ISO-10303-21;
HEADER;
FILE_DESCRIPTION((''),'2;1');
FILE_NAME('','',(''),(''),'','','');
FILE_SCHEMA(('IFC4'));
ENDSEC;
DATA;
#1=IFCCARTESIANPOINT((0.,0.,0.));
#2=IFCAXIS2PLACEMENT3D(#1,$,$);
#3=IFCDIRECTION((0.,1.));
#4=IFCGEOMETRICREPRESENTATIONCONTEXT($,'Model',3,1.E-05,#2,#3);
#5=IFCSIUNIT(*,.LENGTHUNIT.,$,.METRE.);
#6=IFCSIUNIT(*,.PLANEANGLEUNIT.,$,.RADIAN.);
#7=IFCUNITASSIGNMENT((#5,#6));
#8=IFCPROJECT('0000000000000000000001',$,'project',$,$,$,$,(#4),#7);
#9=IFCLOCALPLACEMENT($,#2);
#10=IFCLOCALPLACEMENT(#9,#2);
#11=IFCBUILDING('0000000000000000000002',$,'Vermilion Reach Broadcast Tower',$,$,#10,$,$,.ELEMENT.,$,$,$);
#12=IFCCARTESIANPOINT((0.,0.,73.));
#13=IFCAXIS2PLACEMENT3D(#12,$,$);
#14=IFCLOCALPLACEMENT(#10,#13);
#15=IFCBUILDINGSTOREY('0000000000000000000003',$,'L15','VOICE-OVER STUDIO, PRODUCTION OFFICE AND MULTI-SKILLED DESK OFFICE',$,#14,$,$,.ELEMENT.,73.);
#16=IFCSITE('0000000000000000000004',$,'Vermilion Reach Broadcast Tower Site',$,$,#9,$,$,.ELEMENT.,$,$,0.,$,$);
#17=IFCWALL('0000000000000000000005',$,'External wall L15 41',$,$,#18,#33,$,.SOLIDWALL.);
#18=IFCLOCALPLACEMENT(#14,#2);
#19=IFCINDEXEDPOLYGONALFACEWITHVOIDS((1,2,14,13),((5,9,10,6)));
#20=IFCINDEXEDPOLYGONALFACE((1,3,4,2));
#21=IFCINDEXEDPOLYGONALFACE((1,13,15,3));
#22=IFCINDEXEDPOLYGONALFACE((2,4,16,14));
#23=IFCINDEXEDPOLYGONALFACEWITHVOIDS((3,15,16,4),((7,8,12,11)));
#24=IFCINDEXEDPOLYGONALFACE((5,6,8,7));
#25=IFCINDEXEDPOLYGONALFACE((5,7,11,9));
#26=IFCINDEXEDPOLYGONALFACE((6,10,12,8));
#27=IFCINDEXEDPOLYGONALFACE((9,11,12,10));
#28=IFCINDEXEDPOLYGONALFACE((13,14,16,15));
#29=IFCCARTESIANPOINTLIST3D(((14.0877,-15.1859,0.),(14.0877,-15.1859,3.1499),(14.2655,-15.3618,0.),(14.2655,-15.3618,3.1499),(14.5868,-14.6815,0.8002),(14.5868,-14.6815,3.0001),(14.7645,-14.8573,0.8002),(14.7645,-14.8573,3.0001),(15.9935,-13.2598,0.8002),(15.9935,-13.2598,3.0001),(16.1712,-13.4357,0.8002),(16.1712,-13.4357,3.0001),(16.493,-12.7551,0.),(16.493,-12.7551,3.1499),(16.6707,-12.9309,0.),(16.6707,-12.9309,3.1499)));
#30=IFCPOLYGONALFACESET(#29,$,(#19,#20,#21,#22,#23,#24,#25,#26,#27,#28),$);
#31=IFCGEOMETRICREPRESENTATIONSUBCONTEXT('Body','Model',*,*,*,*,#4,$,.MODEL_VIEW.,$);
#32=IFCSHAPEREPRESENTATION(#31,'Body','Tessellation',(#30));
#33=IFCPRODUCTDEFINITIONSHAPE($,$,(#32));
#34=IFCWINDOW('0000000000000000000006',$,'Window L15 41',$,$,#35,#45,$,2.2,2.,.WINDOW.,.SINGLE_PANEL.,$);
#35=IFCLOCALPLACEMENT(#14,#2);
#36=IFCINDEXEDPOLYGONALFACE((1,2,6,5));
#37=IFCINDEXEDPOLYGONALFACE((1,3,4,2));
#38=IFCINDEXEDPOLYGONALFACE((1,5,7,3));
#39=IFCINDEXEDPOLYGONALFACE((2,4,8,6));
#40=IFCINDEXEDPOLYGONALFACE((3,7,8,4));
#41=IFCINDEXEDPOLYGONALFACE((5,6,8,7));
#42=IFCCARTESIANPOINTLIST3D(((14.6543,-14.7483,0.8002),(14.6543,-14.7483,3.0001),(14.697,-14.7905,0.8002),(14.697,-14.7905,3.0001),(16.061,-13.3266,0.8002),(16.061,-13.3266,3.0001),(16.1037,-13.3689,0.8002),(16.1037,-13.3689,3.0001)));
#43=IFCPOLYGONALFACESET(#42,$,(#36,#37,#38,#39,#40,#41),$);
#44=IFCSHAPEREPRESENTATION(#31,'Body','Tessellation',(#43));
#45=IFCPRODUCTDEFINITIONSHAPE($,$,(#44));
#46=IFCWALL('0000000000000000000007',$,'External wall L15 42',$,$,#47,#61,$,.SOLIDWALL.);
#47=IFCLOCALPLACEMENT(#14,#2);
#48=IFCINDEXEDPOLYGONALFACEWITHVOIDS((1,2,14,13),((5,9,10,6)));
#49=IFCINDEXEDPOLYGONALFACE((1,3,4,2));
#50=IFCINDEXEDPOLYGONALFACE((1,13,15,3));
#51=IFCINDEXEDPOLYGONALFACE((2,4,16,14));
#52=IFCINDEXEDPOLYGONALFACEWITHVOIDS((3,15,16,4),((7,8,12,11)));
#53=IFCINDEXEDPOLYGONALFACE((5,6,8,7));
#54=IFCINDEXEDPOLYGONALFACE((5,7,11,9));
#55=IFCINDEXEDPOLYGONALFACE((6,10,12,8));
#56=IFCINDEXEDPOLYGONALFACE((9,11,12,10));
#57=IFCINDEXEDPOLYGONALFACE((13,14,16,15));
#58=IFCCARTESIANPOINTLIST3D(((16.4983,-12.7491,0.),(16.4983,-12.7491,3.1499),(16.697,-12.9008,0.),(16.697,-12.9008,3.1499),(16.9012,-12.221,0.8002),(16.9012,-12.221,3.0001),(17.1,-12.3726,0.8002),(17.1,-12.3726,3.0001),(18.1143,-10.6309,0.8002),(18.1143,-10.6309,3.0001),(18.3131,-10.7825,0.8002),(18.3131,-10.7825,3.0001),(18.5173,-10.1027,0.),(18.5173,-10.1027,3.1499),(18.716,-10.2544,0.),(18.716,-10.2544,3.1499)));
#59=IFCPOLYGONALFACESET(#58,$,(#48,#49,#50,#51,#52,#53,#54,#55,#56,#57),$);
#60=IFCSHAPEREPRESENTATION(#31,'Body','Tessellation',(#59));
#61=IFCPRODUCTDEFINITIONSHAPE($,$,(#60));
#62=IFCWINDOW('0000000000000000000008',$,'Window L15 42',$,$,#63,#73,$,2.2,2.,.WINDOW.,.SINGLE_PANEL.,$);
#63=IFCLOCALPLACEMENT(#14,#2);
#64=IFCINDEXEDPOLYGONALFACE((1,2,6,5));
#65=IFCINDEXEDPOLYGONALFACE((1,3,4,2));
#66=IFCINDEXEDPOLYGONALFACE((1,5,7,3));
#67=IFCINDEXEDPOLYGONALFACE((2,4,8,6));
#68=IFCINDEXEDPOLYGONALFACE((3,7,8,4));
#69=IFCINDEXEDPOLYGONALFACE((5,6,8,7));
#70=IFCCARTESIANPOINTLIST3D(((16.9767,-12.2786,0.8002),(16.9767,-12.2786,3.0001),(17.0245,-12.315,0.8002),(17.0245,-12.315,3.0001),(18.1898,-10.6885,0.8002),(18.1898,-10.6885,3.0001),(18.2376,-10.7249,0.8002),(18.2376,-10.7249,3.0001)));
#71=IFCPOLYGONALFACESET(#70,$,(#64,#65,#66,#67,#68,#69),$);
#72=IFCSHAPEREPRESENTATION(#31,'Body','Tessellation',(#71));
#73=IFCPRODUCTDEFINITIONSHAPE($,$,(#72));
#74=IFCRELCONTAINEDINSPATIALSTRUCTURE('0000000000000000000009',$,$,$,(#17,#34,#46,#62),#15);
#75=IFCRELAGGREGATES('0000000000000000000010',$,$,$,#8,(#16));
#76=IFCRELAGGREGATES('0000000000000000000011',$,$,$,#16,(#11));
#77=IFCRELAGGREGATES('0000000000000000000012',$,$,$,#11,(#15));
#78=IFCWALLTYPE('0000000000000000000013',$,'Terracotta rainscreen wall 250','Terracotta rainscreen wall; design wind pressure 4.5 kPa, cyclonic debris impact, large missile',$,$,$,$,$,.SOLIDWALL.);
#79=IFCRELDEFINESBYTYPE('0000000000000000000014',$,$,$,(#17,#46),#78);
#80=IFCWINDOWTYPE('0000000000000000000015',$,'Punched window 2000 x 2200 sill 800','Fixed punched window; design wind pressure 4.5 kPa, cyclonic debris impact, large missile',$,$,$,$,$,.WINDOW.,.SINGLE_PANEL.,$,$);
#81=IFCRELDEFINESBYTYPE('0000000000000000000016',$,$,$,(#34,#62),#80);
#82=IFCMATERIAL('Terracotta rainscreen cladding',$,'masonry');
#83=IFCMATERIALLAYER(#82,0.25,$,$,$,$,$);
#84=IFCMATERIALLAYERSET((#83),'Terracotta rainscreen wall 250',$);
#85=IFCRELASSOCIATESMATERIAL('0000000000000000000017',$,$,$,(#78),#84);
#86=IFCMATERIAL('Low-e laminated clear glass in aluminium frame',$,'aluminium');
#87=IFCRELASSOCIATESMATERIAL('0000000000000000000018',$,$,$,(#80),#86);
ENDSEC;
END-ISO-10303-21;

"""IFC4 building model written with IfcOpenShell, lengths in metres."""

from ifc_helpers import new_model, si_unit, direction, frame, frame_2d, origin, place, context, subcontext, project, spatial, rectangle, extrude, material, layer, layer_set, type_object, element, fill, save


model = new_model("IFC4")

# Units and contexts
model_context = context("Model", 3, precision=1e-05, world=origin(), true_north=direction((0.0, 1.0)))
body_context = subcontext(model_context, "Body", "Model", "MODEL_VIEW")
ifc_project = project(units=[si_unit("LENGTHUNIT", "METRE"), si_unit("PLANEANGLEUNIT", "RADIAN")], contexts=[model_context])

# Site, building, storey
site_placement = place(None, origin())
site = spatial("IfcSite", under=ifc_project, at=site_placement, Name="Vermilion Reach Broadcast Tower Site", CompositionType="ELEMENT", RefElevation=0.0)
building_placement = place(site_placement, origin())
building = spatial("IfcBuilding", under=site, at=building_placement, Name="Vermilion Reach Broadcast Tower", CompositionType="ELEMENT")
storey_placement = place(building_placement, frame((0.0, 0.0, 73.0)))
storey = spatial("IfcBuildingStorey", under=building, at=storey_placement, Name="L15", Description="VOICE-OVER STUDIO, PRODUCTION OFFICE AND MULTI-SKILLED DESK OFFICE", CompositionType="ELEMENT", Elevation=73.0)

# Shared definitions
ifc_material_1 = material(Name="Terracotta rainscreen cladding", Category="masonry")
ifc_layer_1 = layer(ifc_material_1, 0.25)
ifc_layer_set_1 = layer_set([ifc_layer_1], Name="Terracotta rainscreen wall 250")
wall_type_1 = type_object("IfcWallType", Name="Terracotta rainscreen wall 250", Description="Terracotta rainscreen wall; design wind pressure 4.5 kPa, cyclonic debris impact, large missile", PredefinedType="SOLIDWALL", material=ifc_layer_set_1)

# Shared definitions
ifc_material_2 = material(Name="Low-e laminated clear glass in aluminium frame", Category="aluminium")
window_type = type_object("IfcWindowType", Name="Punched window 2000 x 2200 sill 800", Description="Fixed punched window; design wind pressure 4.5 kPa, cyclonic debris impact, large missile", PartitioningType="SINGLE_PANEL", PredefinedType="WINDOW", material=ifc_material_2)

# Walls, openings, windows
wall_1_placement = place(storey_placement, frame((14.1765, -15.2739, 0.0), z_axis=(0.0, 0.0, 1.0), x_axis=(0.703349, 0.710845, 0.0)))
wall_1 = element("IfcWall", 1, at=wall_1_placement, inside=storey, type_object=wall_type_1, Name="External wall L15 41", PredefinedType="SOLIDWALL", context=body_context, shape_type="SweptSolid", body=[
    extrude(rectangle(XDim=3.4197, YDim=0.25, at=frame_2d((1.71, 0.0))), origin(), (0.0, 0.0, 1.0), 3.1499),
])
opening_1_placement = place(wall_1_placement, frame((0.7097, 0.0, 0.8)))
opening_1 = element("IfcOpeningElement", 2, at=opening_1_placement, cuts=wall_1, PredefinedType="OPENING", context=body_context, shape_type="SweptSolid", body=[
    extrude(rectangle(XDim=2.0, YDim=2.2, at=frame_2d((1.0, 1.1001))), frame((0.0, 0.135, 0.0), z_axis=(0.0, -1.0, 0.0), x_axis=(1.0, 0.0, 0.0)), (0.0, 0.0, 1.0), 0.27),
])
window_1_placement = place(opening_1_placement, origin())
window_1 = element("IfcWindow", 3, at=window_1_placement, inside=storey, type_object=window_type, Name="Window L15 41", OverallHeight=2.2, OverallWidth=2.0, PartitioningType="SINGLE_PANEL", PredefinedType="WINDOW", context=body_context, shape_type="SweptSolid", body=[
    extrude(rectangle(XDim=2.0, YDim=2.2, at=frame_2d((1.0, 1.1001))), frame((0.0, 0.03, 0.0), z_axis=(0.0, -1.0, 0.0), x_axis=(1.0, 0.0, 0.0)), (0.0, 0.0, 1.0), 0.0601),
])
fill(opening_1, window_1)
wall_2_placement = place(storey_placement, frame((16.5977, -12.825, 0.0), z_axis=(0.0, 0.0, 1.0), x_axis=(0.606551, 0.795044, 0.0)))
wall_2 = element("IfcWall", 4, at=wall_2_placement, inside=storey, type_object=wall_type_1, Name="External wall L15 42", PredefinedType="SOLIDWALL", context=body_context, shape_type="SweptSolid", body=[
    extrude(rectangle(XDim=3.3286, YDim=0.25, at=frame_2d((1.6643, 0.0))), origin(), (0.0, 0.0, 1.0), 3.1499),
])
opening_2_placement = place(wall_2_placement, frame((0.6643, 0.0, 0.8)))
opening_2 = element("IfcOpeningElement", 5, at=opening_2_placement, cuts=wall_2, PredefinedType="OPENING", context=body_context, shape_type="SweptSolid", body=[
    extrude(rectangle(XDim=2.0, YDim=2.2, at=frame_2d((1.0, 1.1001))), frame((0.0, 0.135, 0.0), z_axis=(0.0, -1.0, 0.0), x_axis=(1.0, 0.0, 0.0)), (0.0, 0.0, 1.0), 0.27),
])
window_2_placement = place(opening_2_placement, origin())
window_2 = element("IfcWindow", 6, at=window_2_placement, inside=storey, type_object=window_type, Name="Window L15 42", OverallHeight=2.2, OverallWidth=2.0, PartitioningType="SINGLE_PANEL", PredefinedType="WINDOW", context=body_context, shape_type="SweptSolid", body=[
    extrude(rectangle(XDim=2.0, YDim=2.2, at=frame_2d((1.0, 1.1001))), frame((0.0, 0.03, 0.0), z_axis=(0.0, -1.0, 0.0), x_axis=(1.0, 0.0, 0.0)), (0.0, 0.0, 1.0), 0.0601),
])
fill(opening_2, window_2)

save(model, "model.ifc")
